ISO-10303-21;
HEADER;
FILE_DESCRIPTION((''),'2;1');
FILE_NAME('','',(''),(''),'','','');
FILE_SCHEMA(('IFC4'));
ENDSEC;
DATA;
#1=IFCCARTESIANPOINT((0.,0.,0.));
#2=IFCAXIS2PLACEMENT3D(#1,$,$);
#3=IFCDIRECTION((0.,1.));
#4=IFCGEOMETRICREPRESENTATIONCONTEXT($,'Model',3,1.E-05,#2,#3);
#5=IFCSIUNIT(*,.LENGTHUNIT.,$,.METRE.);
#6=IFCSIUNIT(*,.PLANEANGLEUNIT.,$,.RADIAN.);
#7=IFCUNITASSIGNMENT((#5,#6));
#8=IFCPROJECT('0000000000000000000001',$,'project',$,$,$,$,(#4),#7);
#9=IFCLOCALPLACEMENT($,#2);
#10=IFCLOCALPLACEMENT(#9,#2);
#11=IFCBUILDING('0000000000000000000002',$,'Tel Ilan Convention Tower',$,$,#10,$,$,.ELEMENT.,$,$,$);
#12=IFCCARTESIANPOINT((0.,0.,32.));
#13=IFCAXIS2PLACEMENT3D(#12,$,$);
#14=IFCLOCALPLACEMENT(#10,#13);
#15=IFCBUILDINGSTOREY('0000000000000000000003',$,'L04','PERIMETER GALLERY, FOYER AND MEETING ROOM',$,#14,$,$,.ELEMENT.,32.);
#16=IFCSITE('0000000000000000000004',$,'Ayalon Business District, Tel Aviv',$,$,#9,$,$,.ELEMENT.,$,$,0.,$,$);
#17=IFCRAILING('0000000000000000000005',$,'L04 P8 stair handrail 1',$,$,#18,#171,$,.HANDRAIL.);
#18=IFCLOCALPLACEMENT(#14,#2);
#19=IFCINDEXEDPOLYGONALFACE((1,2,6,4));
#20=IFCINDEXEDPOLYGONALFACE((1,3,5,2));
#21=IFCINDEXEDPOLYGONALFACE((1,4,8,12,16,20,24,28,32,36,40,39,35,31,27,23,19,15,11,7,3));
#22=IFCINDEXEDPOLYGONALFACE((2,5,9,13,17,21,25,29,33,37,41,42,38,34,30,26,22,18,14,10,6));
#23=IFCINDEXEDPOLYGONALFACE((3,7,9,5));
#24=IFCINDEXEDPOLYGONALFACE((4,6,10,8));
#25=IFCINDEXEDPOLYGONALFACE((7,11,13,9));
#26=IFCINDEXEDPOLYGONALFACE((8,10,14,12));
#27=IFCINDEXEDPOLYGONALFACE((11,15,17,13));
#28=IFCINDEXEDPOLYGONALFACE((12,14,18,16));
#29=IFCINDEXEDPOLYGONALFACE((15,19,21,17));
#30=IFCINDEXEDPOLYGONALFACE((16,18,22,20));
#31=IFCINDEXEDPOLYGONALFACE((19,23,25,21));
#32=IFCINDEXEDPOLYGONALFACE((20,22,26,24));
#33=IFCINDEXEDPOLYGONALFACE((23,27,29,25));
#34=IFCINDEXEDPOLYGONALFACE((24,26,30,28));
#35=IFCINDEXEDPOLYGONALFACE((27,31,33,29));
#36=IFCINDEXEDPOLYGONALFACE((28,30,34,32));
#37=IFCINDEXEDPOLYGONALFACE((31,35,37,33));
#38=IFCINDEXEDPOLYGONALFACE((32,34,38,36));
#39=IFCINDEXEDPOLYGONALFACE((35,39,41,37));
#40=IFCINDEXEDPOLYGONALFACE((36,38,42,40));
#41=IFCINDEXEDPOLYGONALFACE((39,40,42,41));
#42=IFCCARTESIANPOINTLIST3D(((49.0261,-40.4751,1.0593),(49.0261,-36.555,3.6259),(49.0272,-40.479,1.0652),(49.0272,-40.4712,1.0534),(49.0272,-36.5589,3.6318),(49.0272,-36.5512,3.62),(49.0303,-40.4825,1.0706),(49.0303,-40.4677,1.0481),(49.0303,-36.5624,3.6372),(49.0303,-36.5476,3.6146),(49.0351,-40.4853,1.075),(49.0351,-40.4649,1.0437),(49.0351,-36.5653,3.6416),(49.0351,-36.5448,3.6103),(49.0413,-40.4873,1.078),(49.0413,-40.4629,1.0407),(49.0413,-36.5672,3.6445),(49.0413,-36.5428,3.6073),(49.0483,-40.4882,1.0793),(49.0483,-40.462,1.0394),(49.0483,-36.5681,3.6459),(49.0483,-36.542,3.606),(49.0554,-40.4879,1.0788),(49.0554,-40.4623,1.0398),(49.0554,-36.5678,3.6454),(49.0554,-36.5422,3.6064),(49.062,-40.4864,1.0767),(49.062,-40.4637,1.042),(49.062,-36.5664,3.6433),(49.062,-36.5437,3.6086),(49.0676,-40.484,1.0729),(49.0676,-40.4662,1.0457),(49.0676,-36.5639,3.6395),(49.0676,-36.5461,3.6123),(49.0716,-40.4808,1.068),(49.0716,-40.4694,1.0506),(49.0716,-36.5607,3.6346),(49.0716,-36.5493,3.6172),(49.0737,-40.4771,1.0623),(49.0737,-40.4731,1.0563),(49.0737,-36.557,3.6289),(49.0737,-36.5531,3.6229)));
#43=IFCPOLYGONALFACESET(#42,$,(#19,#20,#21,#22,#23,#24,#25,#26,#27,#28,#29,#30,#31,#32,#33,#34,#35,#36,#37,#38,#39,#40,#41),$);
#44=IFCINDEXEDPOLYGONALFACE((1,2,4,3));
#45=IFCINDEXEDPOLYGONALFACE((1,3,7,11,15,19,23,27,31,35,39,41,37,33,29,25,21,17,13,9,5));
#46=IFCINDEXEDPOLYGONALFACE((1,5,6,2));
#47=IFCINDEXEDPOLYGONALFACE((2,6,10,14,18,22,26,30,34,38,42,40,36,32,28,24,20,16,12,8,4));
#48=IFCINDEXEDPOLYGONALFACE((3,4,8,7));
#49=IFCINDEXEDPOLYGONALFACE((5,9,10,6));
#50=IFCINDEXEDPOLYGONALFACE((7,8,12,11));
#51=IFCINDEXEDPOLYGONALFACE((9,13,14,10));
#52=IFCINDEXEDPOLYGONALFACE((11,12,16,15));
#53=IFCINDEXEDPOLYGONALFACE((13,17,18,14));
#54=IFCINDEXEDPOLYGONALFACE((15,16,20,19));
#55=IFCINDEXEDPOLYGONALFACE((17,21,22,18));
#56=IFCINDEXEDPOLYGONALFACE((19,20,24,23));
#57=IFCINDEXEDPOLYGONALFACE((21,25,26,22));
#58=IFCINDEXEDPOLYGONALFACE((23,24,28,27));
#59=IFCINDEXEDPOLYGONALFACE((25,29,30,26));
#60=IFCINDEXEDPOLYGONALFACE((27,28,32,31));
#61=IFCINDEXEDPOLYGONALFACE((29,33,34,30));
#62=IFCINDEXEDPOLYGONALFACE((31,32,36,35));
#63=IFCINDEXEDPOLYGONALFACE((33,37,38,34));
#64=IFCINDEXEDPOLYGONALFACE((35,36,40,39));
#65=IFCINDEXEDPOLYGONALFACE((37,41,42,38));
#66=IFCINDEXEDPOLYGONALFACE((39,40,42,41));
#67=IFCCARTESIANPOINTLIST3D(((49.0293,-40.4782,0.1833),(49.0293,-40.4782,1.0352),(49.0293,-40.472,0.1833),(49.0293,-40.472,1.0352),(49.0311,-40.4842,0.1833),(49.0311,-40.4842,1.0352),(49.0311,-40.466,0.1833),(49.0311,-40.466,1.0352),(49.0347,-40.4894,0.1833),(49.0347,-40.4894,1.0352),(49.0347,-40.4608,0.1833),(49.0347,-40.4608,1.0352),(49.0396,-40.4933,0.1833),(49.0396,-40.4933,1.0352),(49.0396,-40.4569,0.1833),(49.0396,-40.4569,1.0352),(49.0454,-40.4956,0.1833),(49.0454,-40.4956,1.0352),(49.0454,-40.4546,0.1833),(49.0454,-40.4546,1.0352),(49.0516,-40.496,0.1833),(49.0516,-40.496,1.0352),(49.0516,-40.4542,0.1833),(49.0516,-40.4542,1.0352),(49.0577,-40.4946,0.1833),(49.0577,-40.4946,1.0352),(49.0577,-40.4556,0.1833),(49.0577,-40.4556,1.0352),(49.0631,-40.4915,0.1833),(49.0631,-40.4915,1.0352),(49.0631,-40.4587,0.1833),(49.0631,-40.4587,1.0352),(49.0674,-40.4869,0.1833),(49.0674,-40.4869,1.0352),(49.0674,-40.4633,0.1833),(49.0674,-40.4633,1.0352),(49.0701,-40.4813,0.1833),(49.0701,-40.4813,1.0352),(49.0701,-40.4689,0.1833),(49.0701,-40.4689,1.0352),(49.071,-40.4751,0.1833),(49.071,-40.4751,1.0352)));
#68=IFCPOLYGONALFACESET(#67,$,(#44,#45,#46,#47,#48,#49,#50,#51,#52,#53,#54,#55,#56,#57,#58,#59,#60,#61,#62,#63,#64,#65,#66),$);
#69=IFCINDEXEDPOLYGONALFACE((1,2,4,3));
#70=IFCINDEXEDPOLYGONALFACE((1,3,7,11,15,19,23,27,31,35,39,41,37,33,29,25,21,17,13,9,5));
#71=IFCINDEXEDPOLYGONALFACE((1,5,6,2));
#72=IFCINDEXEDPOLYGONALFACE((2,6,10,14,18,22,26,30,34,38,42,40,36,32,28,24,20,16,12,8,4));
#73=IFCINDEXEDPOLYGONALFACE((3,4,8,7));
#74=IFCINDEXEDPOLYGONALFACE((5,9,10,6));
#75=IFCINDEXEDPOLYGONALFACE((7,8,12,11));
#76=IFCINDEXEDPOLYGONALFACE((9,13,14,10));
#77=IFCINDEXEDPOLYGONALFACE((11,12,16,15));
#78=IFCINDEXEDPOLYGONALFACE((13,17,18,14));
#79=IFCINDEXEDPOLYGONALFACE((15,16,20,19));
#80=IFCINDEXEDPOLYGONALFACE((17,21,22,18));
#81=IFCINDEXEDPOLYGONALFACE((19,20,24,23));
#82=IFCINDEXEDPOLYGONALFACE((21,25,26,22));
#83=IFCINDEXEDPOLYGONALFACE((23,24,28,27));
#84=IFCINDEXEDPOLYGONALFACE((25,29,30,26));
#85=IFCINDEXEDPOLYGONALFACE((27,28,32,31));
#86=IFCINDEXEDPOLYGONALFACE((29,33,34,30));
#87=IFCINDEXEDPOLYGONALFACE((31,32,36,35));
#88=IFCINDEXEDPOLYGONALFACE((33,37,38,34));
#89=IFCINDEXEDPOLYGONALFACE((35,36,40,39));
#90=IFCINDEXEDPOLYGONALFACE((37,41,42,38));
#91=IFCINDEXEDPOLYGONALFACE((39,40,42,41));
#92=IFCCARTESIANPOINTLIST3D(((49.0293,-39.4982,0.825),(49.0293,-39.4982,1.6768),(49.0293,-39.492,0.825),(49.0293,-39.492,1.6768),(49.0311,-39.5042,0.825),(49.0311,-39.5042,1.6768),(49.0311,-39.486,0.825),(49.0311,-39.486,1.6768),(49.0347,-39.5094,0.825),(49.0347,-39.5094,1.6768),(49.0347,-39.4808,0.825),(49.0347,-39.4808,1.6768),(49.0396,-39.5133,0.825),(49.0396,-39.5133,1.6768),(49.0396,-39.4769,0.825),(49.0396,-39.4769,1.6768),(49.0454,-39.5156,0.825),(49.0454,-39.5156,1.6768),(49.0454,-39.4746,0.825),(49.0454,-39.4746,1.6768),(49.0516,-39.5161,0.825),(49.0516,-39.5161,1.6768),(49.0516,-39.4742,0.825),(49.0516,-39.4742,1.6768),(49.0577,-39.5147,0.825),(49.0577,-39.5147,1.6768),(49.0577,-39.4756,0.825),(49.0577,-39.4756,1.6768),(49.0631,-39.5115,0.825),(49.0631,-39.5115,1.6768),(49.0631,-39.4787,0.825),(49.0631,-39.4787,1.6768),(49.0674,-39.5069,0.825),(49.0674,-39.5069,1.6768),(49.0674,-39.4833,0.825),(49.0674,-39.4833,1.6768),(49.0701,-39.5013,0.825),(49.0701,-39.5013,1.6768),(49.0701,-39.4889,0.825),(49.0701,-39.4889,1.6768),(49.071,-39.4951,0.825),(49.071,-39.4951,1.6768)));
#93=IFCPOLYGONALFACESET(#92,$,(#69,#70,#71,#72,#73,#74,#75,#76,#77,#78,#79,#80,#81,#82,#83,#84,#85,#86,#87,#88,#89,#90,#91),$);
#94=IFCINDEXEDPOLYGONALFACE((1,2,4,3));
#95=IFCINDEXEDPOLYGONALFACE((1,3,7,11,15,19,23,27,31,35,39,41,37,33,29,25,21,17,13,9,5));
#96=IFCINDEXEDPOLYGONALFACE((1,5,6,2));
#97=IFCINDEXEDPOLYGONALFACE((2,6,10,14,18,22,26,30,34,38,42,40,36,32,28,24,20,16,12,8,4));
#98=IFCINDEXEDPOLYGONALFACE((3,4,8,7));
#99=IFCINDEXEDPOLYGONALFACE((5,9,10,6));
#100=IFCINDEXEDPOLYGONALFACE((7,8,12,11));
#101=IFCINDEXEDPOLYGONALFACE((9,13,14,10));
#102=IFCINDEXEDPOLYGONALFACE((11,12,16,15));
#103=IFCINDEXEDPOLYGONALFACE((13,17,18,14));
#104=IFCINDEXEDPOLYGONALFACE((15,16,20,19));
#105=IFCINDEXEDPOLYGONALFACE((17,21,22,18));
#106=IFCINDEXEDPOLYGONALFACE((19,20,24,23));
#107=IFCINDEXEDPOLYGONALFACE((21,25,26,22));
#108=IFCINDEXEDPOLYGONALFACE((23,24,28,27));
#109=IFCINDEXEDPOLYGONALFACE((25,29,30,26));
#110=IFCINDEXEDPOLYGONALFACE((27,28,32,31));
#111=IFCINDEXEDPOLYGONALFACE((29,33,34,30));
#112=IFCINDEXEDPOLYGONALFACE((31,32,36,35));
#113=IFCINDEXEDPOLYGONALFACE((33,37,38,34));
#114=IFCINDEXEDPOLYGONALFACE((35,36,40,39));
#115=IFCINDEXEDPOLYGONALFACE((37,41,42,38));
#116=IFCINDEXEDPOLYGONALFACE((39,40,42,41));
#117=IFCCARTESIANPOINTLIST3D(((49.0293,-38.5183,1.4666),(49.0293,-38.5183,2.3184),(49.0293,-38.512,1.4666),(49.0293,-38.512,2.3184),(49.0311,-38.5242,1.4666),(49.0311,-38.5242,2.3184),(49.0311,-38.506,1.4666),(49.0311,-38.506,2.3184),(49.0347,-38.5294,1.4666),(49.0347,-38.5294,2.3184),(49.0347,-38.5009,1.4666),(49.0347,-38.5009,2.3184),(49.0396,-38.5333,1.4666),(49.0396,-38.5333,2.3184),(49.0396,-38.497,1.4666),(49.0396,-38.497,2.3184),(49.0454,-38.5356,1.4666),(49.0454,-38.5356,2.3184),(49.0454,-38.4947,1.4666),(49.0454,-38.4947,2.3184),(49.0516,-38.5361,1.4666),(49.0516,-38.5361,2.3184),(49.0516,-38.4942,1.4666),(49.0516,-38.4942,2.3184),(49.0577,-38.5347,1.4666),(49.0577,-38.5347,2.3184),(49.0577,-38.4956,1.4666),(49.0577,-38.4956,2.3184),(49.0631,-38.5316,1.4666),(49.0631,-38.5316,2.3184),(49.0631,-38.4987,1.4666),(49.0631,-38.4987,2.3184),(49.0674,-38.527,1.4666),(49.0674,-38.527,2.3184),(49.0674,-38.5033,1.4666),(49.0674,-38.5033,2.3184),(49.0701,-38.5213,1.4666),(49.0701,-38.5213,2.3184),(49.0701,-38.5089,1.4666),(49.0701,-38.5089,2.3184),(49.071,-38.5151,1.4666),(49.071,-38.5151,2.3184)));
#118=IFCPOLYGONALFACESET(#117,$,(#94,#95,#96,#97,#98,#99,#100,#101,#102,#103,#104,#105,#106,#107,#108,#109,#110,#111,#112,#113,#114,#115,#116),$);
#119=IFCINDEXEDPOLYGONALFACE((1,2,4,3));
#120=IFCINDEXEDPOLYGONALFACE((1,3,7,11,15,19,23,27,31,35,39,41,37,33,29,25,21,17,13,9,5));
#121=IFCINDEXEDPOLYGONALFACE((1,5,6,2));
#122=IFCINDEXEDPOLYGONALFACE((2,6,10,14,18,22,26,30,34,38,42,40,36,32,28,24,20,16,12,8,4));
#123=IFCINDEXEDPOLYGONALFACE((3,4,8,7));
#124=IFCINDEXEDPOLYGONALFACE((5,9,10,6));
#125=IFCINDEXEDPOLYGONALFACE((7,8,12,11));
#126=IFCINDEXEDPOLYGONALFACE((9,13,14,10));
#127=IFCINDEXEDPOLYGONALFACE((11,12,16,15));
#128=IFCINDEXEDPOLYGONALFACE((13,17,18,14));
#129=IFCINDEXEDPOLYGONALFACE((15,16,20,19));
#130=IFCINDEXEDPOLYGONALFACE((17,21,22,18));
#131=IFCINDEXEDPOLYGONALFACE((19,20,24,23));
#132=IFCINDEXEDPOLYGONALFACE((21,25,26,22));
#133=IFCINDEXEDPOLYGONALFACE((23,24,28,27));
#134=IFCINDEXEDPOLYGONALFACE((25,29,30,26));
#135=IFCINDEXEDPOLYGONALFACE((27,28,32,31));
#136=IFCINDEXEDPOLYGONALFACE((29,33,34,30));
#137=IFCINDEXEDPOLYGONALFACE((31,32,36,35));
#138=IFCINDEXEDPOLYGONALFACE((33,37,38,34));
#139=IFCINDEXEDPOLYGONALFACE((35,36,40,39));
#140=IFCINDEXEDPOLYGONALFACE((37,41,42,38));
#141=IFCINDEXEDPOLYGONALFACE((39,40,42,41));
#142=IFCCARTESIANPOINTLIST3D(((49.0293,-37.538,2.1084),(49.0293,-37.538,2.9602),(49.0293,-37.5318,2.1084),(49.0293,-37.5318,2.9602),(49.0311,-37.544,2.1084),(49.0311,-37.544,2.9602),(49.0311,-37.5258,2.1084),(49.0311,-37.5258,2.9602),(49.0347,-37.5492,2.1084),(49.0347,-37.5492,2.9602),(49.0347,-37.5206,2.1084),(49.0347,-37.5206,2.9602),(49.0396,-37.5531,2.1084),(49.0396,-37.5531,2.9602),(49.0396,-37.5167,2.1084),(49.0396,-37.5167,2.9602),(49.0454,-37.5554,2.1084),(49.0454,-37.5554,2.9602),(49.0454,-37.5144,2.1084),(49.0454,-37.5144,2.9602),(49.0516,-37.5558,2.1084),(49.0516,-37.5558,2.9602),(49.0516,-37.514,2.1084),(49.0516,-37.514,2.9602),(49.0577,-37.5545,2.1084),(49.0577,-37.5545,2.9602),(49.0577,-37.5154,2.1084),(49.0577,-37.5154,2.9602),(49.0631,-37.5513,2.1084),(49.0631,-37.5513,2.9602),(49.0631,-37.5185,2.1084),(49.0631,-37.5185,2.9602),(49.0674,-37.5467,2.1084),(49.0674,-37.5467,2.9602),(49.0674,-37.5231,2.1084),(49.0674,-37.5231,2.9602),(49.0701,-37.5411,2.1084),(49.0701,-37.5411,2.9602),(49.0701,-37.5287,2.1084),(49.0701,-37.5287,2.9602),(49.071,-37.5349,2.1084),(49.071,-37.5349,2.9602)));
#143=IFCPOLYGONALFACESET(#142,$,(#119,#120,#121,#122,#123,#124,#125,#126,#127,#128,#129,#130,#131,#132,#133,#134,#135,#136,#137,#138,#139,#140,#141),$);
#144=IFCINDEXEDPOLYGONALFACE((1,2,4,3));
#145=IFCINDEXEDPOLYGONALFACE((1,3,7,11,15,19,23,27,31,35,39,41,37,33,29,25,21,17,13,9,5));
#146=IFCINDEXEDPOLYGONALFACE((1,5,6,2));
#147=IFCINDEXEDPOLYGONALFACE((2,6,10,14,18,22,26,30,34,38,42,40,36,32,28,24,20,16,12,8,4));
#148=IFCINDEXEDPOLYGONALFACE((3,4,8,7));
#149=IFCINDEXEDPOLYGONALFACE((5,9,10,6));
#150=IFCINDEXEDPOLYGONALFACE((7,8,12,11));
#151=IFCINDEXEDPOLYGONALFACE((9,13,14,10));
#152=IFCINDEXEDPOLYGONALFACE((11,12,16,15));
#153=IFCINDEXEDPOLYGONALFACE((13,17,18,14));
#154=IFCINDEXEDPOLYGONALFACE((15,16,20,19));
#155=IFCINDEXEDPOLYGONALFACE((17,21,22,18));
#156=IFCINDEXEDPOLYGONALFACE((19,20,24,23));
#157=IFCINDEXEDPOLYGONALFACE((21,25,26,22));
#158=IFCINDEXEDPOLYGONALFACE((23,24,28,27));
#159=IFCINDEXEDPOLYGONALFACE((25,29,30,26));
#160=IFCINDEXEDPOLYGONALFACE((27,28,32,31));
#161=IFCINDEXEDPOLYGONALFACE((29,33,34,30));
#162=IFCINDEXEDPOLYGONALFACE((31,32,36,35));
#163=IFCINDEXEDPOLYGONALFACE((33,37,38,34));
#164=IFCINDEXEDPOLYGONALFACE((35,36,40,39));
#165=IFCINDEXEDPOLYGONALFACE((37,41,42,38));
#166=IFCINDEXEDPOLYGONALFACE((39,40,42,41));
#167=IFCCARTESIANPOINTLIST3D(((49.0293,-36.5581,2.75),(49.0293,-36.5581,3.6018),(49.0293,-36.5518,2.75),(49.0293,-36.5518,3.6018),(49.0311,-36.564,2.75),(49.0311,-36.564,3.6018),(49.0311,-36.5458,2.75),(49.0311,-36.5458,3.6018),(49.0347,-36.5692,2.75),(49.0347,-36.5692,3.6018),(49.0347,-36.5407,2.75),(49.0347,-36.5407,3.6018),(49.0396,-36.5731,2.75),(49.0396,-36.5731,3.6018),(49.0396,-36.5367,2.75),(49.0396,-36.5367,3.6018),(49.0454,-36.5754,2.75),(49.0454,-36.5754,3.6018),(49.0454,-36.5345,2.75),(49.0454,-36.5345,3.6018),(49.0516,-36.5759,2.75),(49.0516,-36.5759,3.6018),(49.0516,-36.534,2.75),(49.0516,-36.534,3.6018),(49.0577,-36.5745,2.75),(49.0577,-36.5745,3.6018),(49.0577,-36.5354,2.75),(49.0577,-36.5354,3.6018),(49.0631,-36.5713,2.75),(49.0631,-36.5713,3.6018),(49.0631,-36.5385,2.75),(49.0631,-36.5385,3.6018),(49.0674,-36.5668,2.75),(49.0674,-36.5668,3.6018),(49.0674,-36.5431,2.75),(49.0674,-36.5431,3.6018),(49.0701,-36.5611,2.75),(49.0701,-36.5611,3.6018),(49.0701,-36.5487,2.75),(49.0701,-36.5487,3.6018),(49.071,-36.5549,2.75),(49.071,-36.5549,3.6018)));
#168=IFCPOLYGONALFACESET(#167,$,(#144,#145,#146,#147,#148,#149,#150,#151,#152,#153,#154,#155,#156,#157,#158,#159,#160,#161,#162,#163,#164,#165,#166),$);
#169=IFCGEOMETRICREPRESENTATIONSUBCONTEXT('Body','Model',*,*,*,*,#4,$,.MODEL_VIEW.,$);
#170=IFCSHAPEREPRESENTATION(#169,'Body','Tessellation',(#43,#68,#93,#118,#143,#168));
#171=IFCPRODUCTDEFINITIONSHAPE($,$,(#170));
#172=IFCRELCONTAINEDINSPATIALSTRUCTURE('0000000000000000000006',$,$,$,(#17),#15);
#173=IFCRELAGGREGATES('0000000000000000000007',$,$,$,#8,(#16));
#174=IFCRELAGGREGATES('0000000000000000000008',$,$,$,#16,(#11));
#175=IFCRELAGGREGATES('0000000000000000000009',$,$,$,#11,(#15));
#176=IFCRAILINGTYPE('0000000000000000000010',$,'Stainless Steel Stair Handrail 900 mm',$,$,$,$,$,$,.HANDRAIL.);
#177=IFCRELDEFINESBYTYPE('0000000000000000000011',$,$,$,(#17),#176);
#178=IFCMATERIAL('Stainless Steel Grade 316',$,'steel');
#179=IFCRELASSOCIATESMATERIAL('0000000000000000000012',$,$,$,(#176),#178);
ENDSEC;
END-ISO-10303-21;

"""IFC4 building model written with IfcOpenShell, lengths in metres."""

from ifc_helpers import new_model, si_unit, direction, frame, origin, origin_2d, place, context, subcontext, project, spatial, circle, extrude, material, type_object, element, save


model = new_model("IFC4")

# Units and contexts
model_context = context("Model", 3, precision=1e-05, world=origin(), true_north=direction((0.0, 1.0)))
body_context = subcontext(model_context, "Body", "Model", "MODEL_VIEW")
ifc_project = project(units=[si_unit("LENGTHUNIT", "METRE"), si_unit("PLANEANGLEUNIT", "RADIAN")], contexts=[model_context])

# Site, building, storey
site_placement = place(None, origin())
site = spatial("IfcSite", under=ifc_project, at=site_placement, Name="Ayalon Business District, Tel Aviv", CompositionType="ELEMENT", RefElevation=0.0)
building_placement = place(site_placement, origin())
building = spatial("IfcBuilding", under=site, at=building_placement, Name="Tel Ilan Convention Tower", CompositionType="ELEMENT")
storey_placement = place(building_placement, frame((0.0, 0.0, 32.0)))
storey = spatial("IfcBuildingStorey", under=building, at=storey_placement, Name="L04", Description="PERIMETER GALLERY, FOYER AND MEETING ROOM", CompositionType="ELEMENT", Elevation=32.0)

# Railing
ifc_material_1 = material(Name="Stainless Steel Grade 316", Category="steel")
railing_type_1 = type_object("IfcRailingType", Name="Stainless Steel Stair Handrail 900 mm", PredefinedType="HANDRAIL", material=ifc_material_1)
railing_1_placement = place(storey_placement, frame((49.05, -40.4751, 0.1833)))
element("IfcRailing", 1, at=railing_1_placement, inside=storey, type_object=railing_type_1, Name="L04 P8 stair handrail 1", PredefinedType="HANDRAIL", context=body_context, shape_type="SweptSolid", body=[
    extrude(circle(Radius=0.0239, at=origin_2d()), frame((0.0, 0.0, 0.876), z_axis=(0.0, 0.836631, 0.547767), x_axis=(-1.0, 0.0, 0.0)), (0.0, 0.0, 1.0), 4.6855),
    extrude(circle(Radius=0.021, at=origin_2d()), origin(), (0.0, 0.0, 1.0), 0.8518),
    extrude(circle(Radius=0.021, at=origin_2d()), frame((0.0, 0.98, 0.6416)), (0.0, 0.0, 1.0), 0.8518),
    extrude(circle(Radius=0.021, at=origin_2d()), frame((0.0, 1.96, 1.2832)), (0.0, 0.0, 1.0), 0.8518),
    extrude(circle(Radius=0.021, at=origin_2d()), frame((0.0, 2.9402, 1.925)), (0.0, 0.0, 1.0), 0.8518),
    extrude(circle(Radius=0.021, at=origin_2d()), frame((0.0, 3.9202, 2.5667)), (0.0, 0.0, 1.0), 0.8518),
])

save(model, "model.ifc")
